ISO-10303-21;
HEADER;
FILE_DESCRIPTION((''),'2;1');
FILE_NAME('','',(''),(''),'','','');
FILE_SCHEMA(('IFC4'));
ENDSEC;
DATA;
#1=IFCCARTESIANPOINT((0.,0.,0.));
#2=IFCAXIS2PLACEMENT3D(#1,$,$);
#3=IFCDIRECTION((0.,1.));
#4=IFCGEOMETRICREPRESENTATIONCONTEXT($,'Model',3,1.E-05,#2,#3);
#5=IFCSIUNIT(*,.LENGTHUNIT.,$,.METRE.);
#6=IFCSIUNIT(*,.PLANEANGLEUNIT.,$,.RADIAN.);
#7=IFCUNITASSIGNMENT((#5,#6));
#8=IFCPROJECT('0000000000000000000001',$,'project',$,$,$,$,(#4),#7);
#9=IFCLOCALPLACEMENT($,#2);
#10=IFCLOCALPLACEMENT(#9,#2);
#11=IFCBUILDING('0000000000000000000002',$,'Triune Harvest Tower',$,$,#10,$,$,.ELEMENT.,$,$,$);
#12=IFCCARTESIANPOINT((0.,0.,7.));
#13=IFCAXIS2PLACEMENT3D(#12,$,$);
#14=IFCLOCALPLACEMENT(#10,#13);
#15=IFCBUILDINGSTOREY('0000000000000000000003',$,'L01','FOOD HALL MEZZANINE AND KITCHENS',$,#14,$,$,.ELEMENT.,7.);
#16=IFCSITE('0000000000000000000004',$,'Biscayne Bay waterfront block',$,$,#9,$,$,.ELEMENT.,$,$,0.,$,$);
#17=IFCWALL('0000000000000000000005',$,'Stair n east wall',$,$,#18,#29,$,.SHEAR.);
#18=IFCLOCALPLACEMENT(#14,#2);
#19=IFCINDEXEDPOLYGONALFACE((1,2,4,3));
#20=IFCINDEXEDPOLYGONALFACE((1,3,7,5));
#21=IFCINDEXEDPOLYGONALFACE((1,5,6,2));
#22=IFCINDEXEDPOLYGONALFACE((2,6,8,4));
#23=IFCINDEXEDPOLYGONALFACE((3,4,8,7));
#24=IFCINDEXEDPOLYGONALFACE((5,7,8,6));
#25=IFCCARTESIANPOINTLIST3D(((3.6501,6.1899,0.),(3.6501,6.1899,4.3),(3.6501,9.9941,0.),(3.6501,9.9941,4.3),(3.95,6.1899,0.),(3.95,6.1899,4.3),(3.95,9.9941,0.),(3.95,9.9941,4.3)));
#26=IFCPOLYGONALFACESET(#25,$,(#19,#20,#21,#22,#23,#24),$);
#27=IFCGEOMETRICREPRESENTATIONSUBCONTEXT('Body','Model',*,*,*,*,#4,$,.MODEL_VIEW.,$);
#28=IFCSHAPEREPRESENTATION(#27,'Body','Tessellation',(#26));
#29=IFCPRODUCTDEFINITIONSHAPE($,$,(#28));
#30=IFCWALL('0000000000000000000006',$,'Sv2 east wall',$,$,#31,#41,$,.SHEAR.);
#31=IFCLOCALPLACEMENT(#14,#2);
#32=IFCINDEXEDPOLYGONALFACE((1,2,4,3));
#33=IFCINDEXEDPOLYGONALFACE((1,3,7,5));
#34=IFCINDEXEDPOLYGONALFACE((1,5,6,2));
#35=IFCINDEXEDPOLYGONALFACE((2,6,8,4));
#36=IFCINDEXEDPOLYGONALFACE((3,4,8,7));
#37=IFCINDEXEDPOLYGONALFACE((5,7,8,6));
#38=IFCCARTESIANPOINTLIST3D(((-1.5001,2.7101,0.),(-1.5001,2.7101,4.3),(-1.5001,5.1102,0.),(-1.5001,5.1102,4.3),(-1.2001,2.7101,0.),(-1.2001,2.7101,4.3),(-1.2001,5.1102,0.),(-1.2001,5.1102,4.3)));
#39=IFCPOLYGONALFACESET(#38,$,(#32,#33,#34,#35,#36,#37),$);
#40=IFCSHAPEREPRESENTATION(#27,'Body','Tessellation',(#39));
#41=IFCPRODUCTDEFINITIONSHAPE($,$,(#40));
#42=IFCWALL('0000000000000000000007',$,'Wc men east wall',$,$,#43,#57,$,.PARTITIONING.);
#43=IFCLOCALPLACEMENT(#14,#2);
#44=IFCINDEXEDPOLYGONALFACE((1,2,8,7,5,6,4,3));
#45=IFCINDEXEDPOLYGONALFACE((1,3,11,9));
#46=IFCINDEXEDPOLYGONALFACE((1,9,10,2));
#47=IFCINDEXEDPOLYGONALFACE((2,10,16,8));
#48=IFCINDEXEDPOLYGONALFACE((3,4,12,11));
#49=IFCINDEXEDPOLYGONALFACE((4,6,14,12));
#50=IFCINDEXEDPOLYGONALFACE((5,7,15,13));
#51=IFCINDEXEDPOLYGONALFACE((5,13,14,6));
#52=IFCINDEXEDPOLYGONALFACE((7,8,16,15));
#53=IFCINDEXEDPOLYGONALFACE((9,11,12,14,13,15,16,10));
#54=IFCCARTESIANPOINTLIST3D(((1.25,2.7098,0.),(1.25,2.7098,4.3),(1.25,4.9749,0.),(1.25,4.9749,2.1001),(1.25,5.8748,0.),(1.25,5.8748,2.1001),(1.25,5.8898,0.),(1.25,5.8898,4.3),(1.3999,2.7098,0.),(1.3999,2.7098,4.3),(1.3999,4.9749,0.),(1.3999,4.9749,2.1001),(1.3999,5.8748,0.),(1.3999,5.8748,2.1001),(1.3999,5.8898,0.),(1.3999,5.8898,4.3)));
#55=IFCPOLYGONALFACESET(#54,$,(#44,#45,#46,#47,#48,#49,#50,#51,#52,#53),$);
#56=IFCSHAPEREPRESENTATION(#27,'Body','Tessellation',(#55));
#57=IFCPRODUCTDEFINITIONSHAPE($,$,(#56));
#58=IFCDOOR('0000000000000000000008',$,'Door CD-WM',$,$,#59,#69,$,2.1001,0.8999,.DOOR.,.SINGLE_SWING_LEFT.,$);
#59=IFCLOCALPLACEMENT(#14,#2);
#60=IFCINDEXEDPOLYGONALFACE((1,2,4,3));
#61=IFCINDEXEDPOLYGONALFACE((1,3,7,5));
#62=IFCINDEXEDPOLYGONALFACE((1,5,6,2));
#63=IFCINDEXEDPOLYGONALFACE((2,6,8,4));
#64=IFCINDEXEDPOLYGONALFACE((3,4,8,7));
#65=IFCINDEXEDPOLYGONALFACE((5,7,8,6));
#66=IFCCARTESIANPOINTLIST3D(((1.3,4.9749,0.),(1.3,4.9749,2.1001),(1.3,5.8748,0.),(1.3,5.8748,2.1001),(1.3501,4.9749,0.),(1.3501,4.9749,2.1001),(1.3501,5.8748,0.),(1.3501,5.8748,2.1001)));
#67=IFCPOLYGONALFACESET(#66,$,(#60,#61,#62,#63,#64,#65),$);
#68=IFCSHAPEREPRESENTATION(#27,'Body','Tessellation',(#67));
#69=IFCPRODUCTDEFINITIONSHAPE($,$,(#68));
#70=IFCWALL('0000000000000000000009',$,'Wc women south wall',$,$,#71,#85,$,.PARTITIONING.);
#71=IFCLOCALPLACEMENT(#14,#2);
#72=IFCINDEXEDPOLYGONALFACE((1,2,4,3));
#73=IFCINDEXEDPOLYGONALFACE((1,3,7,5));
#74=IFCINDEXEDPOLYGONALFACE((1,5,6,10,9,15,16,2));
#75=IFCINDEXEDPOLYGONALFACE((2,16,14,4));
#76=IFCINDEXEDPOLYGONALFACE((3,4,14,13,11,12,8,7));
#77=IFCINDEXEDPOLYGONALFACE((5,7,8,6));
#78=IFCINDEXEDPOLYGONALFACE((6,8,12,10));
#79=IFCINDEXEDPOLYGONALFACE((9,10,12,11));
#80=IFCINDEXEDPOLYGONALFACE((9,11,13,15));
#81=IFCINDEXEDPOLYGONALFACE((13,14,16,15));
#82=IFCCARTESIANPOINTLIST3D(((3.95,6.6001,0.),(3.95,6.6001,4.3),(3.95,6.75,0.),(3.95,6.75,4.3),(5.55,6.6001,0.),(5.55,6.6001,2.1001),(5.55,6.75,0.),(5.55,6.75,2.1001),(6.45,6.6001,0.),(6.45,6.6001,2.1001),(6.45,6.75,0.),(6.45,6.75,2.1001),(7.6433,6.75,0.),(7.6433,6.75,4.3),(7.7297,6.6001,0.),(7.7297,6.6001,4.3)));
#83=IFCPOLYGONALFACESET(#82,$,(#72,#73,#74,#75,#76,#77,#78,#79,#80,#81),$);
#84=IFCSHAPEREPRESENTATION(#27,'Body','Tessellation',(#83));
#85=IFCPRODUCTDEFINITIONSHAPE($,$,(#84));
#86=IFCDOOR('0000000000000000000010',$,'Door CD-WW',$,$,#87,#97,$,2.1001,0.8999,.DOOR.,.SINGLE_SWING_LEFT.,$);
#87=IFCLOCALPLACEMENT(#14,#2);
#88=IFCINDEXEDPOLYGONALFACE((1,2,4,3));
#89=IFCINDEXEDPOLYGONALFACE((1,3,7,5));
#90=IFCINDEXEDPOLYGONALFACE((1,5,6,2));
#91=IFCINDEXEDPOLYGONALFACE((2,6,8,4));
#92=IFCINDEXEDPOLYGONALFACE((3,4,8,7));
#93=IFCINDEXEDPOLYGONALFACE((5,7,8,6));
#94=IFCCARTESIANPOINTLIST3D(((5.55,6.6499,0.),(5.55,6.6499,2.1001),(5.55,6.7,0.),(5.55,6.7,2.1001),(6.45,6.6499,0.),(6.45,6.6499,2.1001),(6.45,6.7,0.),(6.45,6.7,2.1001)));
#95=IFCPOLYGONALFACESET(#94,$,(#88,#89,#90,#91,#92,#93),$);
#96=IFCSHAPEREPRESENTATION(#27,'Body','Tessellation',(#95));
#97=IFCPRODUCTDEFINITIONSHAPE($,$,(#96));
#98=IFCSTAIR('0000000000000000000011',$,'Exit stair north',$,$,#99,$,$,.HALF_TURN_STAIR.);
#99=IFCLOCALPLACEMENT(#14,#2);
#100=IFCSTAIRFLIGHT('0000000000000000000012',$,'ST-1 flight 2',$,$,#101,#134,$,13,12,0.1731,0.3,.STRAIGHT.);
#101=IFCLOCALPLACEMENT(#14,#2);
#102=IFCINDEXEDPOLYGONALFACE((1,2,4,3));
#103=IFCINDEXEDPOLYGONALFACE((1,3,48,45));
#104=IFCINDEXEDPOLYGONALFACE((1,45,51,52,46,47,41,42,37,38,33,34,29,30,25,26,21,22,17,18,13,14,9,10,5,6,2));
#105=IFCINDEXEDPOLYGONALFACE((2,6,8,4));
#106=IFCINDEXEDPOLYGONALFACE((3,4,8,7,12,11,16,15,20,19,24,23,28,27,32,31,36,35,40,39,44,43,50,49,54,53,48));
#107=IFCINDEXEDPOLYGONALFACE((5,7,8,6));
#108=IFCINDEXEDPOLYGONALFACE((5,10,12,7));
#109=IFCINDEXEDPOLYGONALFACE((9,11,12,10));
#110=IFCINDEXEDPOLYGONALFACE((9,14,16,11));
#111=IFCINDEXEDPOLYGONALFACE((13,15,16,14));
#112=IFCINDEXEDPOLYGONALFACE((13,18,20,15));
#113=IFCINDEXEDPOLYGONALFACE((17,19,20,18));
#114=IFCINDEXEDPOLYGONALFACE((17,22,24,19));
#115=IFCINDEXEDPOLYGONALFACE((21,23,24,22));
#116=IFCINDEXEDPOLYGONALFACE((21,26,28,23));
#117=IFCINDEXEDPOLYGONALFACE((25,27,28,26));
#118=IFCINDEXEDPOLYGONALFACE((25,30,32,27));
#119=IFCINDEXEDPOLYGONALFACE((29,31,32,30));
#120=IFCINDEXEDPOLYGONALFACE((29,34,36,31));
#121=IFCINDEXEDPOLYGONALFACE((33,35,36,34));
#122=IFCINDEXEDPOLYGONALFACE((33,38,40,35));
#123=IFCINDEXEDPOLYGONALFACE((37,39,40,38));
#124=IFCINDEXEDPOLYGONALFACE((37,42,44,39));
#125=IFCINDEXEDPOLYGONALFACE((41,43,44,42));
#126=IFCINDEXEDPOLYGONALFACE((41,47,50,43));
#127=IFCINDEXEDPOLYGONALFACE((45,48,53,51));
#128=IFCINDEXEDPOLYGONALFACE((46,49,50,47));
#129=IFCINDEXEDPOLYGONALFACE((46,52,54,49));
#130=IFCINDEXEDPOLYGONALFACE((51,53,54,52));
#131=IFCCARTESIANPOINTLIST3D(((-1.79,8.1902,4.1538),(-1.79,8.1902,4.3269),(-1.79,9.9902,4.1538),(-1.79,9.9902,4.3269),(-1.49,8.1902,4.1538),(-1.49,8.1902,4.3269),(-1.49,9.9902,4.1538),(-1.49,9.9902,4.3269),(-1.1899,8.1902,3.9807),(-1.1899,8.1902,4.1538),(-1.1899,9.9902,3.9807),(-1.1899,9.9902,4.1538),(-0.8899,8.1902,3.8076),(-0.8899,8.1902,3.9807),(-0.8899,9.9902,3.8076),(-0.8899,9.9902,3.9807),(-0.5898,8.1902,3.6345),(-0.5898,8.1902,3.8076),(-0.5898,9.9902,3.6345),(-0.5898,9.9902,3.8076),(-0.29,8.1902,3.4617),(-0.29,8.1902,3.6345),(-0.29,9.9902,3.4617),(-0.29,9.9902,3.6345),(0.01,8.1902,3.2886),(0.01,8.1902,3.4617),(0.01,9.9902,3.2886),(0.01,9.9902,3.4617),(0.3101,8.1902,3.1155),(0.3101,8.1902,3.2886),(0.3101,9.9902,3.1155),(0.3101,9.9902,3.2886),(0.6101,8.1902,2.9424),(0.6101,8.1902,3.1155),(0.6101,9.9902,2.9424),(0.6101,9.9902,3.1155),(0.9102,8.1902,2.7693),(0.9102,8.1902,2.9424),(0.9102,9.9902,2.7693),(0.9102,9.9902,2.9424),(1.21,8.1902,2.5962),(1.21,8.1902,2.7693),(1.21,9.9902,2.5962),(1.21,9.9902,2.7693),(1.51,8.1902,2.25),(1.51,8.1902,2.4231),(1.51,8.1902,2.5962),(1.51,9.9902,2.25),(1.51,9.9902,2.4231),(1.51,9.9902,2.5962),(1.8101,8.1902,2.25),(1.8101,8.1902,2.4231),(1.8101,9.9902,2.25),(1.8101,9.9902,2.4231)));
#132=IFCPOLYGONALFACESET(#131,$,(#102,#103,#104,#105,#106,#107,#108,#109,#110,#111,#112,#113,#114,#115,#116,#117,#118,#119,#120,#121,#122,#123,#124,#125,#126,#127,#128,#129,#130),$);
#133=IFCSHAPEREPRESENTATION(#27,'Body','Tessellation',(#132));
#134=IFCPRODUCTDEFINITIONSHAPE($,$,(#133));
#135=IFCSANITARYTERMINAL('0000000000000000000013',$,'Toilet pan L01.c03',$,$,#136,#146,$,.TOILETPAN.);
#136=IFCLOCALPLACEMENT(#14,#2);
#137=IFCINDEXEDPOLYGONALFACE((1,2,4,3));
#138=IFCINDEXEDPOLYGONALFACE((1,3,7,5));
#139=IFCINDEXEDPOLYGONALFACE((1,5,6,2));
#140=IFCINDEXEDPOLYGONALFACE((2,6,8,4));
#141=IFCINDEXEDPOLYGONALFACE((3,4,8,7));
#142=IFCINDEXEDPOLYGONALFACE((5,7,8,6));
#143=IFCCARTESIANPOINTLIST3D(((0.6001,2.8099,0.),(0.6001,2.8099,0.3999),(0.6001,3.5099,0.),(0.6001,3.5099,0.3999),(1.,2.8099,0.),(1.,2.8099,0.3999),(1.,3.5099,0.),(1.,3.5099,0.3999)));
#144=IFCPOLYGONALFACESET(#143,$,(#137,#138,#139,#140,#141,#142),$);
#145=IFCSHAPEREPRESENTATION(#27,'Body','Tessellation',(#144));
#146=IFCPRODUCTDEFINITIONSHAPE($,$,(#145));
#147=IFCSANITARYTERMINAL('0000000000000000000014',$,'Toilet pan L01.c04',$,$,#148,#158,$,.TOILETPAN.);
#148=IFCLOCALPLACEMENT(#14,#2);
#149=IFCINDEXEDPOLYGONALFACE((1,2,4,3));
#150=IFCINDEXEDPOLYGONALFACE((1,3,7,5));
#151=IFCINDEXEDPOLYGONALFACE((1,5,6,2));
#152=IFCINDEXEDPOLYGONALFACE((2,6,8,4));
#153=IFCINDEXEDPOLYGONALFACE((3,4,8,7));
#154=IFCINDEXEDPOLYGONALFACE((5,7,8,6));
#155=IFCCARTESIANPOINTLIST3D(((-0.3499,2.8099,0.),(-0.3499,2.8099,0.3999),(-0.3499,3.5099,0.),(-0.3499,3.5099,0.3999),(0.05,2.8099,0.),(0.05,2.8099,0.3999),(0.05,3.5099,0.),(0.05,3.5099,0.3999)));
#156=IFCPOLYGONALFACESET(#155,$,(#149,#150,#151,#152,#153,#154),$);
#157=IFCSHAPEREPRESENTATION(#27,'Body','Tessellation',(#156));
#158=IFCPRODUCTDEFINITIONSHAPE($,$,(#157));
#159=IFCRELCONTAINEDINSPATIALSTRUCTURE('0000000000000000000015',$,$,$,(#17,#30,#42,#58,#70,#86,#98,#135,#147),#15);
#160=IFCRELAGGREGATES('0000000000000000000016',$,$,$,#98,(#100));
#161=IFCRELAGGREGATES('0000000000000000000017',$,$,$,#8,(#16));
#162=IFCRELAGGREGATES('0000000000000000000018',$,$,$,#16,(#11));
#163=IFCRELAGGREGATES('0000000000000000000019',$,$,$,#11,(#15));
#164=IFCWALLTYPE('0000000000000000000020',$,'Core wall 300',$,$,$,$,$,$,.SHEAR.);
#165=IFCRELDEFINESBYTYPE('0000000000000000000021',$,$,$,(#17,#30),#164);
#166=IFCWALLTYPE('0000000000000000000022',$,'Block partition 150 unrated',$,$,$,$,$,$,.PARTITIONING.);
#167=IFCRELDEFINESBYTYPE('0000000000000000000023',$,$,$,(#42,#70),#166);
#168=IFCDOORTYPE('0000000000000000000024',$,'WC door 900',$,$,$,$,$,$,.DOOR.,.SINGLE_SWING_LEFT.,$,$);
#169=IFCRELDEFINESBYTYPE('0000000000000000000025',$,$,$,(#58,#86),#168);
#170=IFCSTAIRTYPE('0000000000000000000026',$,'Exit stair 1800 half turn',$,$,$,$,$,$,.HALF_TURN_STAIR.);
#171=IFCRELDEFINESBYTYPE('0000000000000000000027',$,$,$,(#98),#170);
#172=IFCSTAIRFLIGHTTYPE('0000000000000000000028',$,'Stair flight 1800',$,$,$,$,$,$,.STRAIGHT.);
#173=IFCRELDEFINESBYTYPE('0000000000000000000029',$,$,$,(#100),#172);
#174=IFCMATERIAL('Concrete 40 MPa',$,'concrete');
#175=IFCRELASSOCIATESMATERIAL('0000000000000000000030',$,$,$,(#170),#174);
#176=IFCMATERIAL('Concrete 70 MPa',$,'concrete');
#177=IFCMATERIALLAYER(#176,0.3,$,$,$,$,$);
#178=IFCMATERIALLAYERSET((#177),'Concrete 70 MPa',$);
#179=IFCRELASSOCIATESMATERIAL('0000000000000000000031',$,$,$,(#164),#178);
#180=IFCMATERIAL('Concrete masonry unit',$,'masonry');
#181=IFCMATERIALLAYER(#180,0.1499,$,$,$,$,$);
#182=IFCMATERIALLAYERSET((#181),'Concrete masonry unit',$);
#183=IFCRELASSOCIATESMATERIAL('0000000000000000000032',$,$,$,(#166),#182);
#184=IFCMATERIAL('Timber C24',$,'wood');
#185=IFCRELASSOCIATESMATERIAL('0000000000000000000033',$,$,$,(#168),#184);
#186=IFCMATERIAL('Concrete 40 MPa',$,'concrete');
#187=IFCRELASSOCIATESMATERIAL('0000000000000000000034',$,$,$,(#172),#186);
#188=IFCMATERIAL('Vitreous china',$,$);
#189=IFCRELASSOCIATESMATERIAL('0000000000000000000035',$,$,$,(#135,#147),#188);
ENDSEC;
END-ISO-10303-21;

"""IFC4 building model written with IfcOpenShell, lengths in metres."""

from ifc_helpers import new_model, si_unit, direction, frame, frame_2d, origin, origin_2d, place, context, subcontext, project, spatial, polyline, rectangle, outline, extrude, source, transform, mapped, material, layer, layer_set, type_object, element, fill, aggregate, save


model = new_model("IFC4")

# Units and contexts
model_context = context("Model", 3, precision=1e-05, world=origin(), true_north=direction((0.0, 1.0)))
body_context = subcontext(model_context, "Body", "Model", "MODEL_VIEW")
ifc_project = project(units=[si_unit("LENGTHUNIT", "METRE"), si_unit("PLANEANGLEUNIT", "RADIAN")], contexts=[model_context])

# Site, building, storey
site_placement = place(None, origin())
site = spatial("IfcSite", under=ifc_project, at=site_placement, Name="Biscayne Bay waterfront block", CompositionType="ELEMENT", RefElevation=0.0)
building_placement = place(site_placement, origin())
building = spatial("IfcBuilding", under=site, at=building_placement, Name="Triune Harvest Tower", CompositionType="ELEMENT")
storey_placement = place(building_placement, frame((0.0, 0.0, 7.0)))
storey = spatial("IfcBuildingStorey", under=building, at=storey_placement, Name="L01", Description="FOOD HALL MEZZANINE AND KITCHENS", CompositionType="ELEMENT", Elevation=7.0)

# Shared definitions
ifc_material_1 = material(Name="Concrete 40 MPa", Category="concrete")
stair_type_1 = type_object("IfcStairType", Name="Exit stair 1800 half turn", PredefinedType="HALF_TURN_STAIR", material=ifc_material_1)

# Shared definitions
ifc_material_2 = material(Name="Concrete 70 MPa", Category="concrete")
ifc_layer_1 = layer(ifc_material_2, 0.3)
ifc_layer_set_1 = layer_set([ifc_layer_1], Name="Concrete 70 MPa")
wall_type_1 = type_object("IfcWallType", Name="Core wall 300", PredefinedType="SHEAR", material=ifc_layer_set_1)

# Walls
shared_shape_1 = source(origin(), body_context, "Body", "SweptSolid", [
    extrude(outline(polyline([(0.0, -0.1499), (0.0, 0.1499), (3.8042, 0.1499), (3.8042, -0.1499), (0.0, -0.1499)])), origin(), (0.0, 0.0, 1.0), 4.3),
])
wall_1_placement = place(storey_placement, frame((3.8, 6.1899, 0.0), z_axis=(0.0, 0.0, 1.0), x_axis=(0.0, 1.0, 0.0)))
element("IfcWall", 1, at=wall_1_placement, inside=storey, type_object=wall_type_1, Name="Stair n east wall", PredefinedType="SHEAR", context=body_context, shape_type="MappedRepresentation", body=[
    mapped(shared_shape_1, transform((0.0, 0.0, 0.0), scale=1.0)),
])
shared_shape_2 = source(origin(), body_context, "Body", "SweptSolid", [
    extrude(rectangle(XDim=2.4001, YDim=0.3, at=frame_2d((1.2002, 0.0))), origin(), (0.0, 0.0, 1.0), 4.3),
])
wall_2_placement = place(storey_placement, frame((-1.3501, 2.71, 0.0), z_axis=(0.0, 0.0, 1.0), x_axis=(0.0, 1.0, 0.0)))
element("IfcWall", 2, at=wall_2_placement, inside=storey, type_object=wall_type_1, Name="Sv2 east wall", PredefinedType="SHEAR", context=body_context, shape_type="MappedRepresentation", body=[
    mapped(shared_shape_2, transform((0.0, 0.0, 0.0), scale=1.0)),
])

# Walls, openings, doors
ifc_material_3 = material(Name="Concrete masonry unit", Category="masonry")
ifc_layer_2 = layer(ifc_material_3, 0.1499)
ifc_layer_set_2 = layer_set([ifc_layer_2], Name="Concrete masonry unit")
wall_type_2 = type_object("IfcWallType", Name="Block partition 150 unrated", PredefinedType="PARTITIONING", material=ifc_layer_set_2)
shared_shape_3 = source(origin(), body_context, "Body", "SweptSolid", [
    extrude(rectangle(XDim=3.1799, YDim=0.1499, at=frame_2d((1.5898, 0.0))), origin(), (0.0, 0.0, 1.0), 4.3),
])
wall_3_placement = place(storey_placement, frame((1.325, 2.71, 0.0), z_axis=(0.0, 0.0, 1.0), x_axis=(0.0, 1.0, 0.0)))
wall_3 = element("IfcWall", 3, at=wall_3_placement, inside=storey, type_object=wall_type_2, Name="Wc men east wall", PredefinedType="PARTITIONING", context=body_context, shape_type="MappedRepresentation", body=[
    mapped(shared_shape_3, transform((0.0, 0.0, 0.0), scale=1.0)),
])
opening_1_placement = place(wall_3_placement, frame((2.2649, 0.0, 0.0)))
opening_1 = element("IfcOpeningElement", 4, at=opening_1_placement, cuts=wall_3, PredefinedType="OPENING", context=body_context, shape_type="SweptSolid", body=[
    extrude(rectangle(XDim=0.8999, YDim=2.1001, at=frame_2d((0.45, 1.05))), frame((0.0, 0.085, 0.0), z_axis=(0.0, -1.0, 0.0), x_axis=(1.0, 0.0, 0.0)), (0.0, 0.0, 1.0), 0.1699),
])
ifc_material_4 = material(Name="Timber C24", Category="wood")
door_type_1 = type_object("IfcDoorType", Name="WC door 900", OperationType="SINGLE_SWING_LEFT", PredefinedType="DOOR", material=ifc_material_4)
door_1_placement = place(opening_1_placement, origin())
door_1 = element("IfcDoor", 5, at=door_1_placement, inside=storey, type_object=door_type_1, Name="Door CD-WM", OperationType="SINGLE_SWING_LEFT", OverallHeight=2.1001, OverallWidth=0.8999, PredefinedType="DOOR", context=body_context, shape_type="SweptSolid", body=[
    extrude(rectangle(XDim=0.8999, YDim=2.1001, at=frame_2d((0.45, 1.05))), frame((0.0, 0.0249, 0.0), z_axis=(0.0, -1.0, 0.0), x_axis=(1.0, 0.0, 0.0)), (0.0, 0.0, 1.0), 0.05),
])
fill(opening_1, door_1)
shared_shape_4 = source(origin(), body_context, "Body", "SweptSolid", [
    extrude(outline(polyline([(0.0, -0.075), (0.0, 0.075), (3.6934, 0.075), (3.7798, -0.075), (0.0, -0.075)])), origin(), (0.0, 0.0, 1.0), 4.3),
])
wall_4_placement = place(storey_placement, frame((3.95, 6.675, 0.0), z_axis=(0.0, 0.0, 1.0), x_axis=(1.0, 0.0, 0.0)))
wall_4 = element("IfcWall", 6, at=wall_4_placement, inside=storey, type_object=wall_type_2, Name="Wc women south wall", PredefinedType="PARTITIONING", context=body_context, shape_type="MappedRepresentation", body=[
    mapped(shared_shape_4, transform((0.0, 0.0, 0.0), scale=1.0)),
])
opening_2_placement = place(wall_4_placement, frame((1.6001, 0.0, 0.0)))
opening_2 = element("IfcOpeningElement", 7, at=opening_2_placement, cuts=wall_4, PredefinedType="OPENING", context=body_context, shape_type="SweptSolid", body=[
    extrude(rectangle(XDim=0.8999, YDim=2.1001, at=frame_2d((0.45, 1.05))), frame((0.0, 0.085, 0.0), z_axis=(0.0, -1.0, 0.0), x_axis=(1.0, 0.0, 0.0)), (0.0, 0.0, 1.0), 0.1699),
])
door_2_placement = place(opening_2_placement, origin())
door_2 = element("IfcDoor", 8, at=door_2_placement, inside=storey, type_object=door_type_1, Name="Door CD-WW", OperationType="SINGLE_SWING_LEFT", OverallHeight=2.1001, OverallWidth=0.8999, PredefinedType="DOOR", context=body_context, shape_type="SweptSolid", body=[
    extrude(rectangle(XDim=0.8999, YDim=2.1001, at=frame_2d((0.45, 1.05))), frame((0.0, 0.0249, 0.0), z_axis=(0.0, -1.0, 0.0), x_axis=(1.0, 0.0, 0.0)), (0.0, 0.0, 1.0), 0.05),
])
fill(opening_2, door_2)

# Stair, stair flight
stair_1_placement = place(storey_placement, origin())
stair_1 = element("IfcStair", 9, at=stair_1_placement, inside=storey, type_object=stair_type_1, Name="Exit stair north", PredefinedType="HALF_TURN_STAIR")
ifc_material_5 = material(Name="Concrete 40 MPa", Category="concrete")
stair_flight_type = type_object("IfcStairFlightType", Name="Stair flight 1800", PredefinedType="STRAIGHT", material=ifc_material_5)
shared_shape_5 = source(origin(), body_context, "Body", "SweptSolid", [
    extrude(outline(polyline([(0.0, 0.0), (0.0, 0.1731), (0.3, 0.1731), (0.3, 0.3462), (0.6001, 0.3462), (0.6001, 0.5193), (0.8999, 0.5193), (0.8999, 0.6924), (1.2, 0.6924), (1.2, 0.8655), (1.5, 0.8655), (1.5, 1.0386), (1.8, 1.0386), (1.8, 1.2117), (2.1001, 1.2117), (2.1001, 1.3845), (2.3999, 1.3845), (2.3999, 1.5576), (2.7, 1.5576), (2.7, 1.7307), (3.0, 1.7307), (3.0, 1.9038), (3.3, 1.9038), (3.3, 2.0769), (3.6001, 2.0769), (3.6001, 2.25), (3.6001, 1.9038), (0.3, 0.0), (0.0, 0.0)])), frame((0.0, 0.8999, 0.0), z_axis=(0.0, -1.0, 0.0), x_axis=(1.0, 0.0, 0.0)), (0.0, 0.0, 1.0), 1.8),
])
stair_flight_placement = place(storey_placement, frame((1.8101, 9.0901, 2.25), z_axis=(0.0, 0.0, 1.0), x_axis=(-1.0, 0.0, 0.0)))
stair_flight = element("IfcStairFlight", 10, at=stair_flight_placement, type_object=stair_flight_type, Name="ST-1 flight 2", NumberOfRisers=13, NumberOfTreads=12, PredefinedType="STRAIGHT", RiserHeight=0.1731, TreadLength=0.3, context=body_context, shape_type="MappedRepresentation", body=[
    mapped(shared_shape_5, transform((0.0, 0.0, 0.0), scale=1.0)),
])
aggregate(stair_1, [stair_flight])

# Sanitary terminals
ifc_material_6 = material(Name="Vitreous china")
shared_shape_6 = source(origin(), body_context, "Body", "SweptSolid", [
    extrude(rectangle(XDim=0.3999, YDim=0.7, at=origin_2d()), origin(), (0.0, 0.0, 1.0), 0.3999),
])
for number, where, z_axis, x_axis, name in (
    (11, (0.8, 3.1599, 0.0), (0.0, 0.0, 1.0), (-1.0, 0.0, 0.0), "Toilet pan L01.c03"),
    (12, (-0.1499, 3.1599, 0.0), (0.0, 0.0, 1.0), (-1.0, 0.0, 0.0), "Toilet pan L01.c04"),
):
    element("IfcSanitaryTerminal", number, at=place(storey_placement, frame(where, z_axis=z_axis, x_axis=x_axis)), inside=storey, material=ifc_material_6, Name=name, PredefinedType="TOILETPAN", context=body_context, shape_type="MappedRepresentation", body=[
        mapped(shared_shape_6, transform((0.0, 0.0, 0.0), scale=1.0)),
    ])

save(model, "model.ifc")
